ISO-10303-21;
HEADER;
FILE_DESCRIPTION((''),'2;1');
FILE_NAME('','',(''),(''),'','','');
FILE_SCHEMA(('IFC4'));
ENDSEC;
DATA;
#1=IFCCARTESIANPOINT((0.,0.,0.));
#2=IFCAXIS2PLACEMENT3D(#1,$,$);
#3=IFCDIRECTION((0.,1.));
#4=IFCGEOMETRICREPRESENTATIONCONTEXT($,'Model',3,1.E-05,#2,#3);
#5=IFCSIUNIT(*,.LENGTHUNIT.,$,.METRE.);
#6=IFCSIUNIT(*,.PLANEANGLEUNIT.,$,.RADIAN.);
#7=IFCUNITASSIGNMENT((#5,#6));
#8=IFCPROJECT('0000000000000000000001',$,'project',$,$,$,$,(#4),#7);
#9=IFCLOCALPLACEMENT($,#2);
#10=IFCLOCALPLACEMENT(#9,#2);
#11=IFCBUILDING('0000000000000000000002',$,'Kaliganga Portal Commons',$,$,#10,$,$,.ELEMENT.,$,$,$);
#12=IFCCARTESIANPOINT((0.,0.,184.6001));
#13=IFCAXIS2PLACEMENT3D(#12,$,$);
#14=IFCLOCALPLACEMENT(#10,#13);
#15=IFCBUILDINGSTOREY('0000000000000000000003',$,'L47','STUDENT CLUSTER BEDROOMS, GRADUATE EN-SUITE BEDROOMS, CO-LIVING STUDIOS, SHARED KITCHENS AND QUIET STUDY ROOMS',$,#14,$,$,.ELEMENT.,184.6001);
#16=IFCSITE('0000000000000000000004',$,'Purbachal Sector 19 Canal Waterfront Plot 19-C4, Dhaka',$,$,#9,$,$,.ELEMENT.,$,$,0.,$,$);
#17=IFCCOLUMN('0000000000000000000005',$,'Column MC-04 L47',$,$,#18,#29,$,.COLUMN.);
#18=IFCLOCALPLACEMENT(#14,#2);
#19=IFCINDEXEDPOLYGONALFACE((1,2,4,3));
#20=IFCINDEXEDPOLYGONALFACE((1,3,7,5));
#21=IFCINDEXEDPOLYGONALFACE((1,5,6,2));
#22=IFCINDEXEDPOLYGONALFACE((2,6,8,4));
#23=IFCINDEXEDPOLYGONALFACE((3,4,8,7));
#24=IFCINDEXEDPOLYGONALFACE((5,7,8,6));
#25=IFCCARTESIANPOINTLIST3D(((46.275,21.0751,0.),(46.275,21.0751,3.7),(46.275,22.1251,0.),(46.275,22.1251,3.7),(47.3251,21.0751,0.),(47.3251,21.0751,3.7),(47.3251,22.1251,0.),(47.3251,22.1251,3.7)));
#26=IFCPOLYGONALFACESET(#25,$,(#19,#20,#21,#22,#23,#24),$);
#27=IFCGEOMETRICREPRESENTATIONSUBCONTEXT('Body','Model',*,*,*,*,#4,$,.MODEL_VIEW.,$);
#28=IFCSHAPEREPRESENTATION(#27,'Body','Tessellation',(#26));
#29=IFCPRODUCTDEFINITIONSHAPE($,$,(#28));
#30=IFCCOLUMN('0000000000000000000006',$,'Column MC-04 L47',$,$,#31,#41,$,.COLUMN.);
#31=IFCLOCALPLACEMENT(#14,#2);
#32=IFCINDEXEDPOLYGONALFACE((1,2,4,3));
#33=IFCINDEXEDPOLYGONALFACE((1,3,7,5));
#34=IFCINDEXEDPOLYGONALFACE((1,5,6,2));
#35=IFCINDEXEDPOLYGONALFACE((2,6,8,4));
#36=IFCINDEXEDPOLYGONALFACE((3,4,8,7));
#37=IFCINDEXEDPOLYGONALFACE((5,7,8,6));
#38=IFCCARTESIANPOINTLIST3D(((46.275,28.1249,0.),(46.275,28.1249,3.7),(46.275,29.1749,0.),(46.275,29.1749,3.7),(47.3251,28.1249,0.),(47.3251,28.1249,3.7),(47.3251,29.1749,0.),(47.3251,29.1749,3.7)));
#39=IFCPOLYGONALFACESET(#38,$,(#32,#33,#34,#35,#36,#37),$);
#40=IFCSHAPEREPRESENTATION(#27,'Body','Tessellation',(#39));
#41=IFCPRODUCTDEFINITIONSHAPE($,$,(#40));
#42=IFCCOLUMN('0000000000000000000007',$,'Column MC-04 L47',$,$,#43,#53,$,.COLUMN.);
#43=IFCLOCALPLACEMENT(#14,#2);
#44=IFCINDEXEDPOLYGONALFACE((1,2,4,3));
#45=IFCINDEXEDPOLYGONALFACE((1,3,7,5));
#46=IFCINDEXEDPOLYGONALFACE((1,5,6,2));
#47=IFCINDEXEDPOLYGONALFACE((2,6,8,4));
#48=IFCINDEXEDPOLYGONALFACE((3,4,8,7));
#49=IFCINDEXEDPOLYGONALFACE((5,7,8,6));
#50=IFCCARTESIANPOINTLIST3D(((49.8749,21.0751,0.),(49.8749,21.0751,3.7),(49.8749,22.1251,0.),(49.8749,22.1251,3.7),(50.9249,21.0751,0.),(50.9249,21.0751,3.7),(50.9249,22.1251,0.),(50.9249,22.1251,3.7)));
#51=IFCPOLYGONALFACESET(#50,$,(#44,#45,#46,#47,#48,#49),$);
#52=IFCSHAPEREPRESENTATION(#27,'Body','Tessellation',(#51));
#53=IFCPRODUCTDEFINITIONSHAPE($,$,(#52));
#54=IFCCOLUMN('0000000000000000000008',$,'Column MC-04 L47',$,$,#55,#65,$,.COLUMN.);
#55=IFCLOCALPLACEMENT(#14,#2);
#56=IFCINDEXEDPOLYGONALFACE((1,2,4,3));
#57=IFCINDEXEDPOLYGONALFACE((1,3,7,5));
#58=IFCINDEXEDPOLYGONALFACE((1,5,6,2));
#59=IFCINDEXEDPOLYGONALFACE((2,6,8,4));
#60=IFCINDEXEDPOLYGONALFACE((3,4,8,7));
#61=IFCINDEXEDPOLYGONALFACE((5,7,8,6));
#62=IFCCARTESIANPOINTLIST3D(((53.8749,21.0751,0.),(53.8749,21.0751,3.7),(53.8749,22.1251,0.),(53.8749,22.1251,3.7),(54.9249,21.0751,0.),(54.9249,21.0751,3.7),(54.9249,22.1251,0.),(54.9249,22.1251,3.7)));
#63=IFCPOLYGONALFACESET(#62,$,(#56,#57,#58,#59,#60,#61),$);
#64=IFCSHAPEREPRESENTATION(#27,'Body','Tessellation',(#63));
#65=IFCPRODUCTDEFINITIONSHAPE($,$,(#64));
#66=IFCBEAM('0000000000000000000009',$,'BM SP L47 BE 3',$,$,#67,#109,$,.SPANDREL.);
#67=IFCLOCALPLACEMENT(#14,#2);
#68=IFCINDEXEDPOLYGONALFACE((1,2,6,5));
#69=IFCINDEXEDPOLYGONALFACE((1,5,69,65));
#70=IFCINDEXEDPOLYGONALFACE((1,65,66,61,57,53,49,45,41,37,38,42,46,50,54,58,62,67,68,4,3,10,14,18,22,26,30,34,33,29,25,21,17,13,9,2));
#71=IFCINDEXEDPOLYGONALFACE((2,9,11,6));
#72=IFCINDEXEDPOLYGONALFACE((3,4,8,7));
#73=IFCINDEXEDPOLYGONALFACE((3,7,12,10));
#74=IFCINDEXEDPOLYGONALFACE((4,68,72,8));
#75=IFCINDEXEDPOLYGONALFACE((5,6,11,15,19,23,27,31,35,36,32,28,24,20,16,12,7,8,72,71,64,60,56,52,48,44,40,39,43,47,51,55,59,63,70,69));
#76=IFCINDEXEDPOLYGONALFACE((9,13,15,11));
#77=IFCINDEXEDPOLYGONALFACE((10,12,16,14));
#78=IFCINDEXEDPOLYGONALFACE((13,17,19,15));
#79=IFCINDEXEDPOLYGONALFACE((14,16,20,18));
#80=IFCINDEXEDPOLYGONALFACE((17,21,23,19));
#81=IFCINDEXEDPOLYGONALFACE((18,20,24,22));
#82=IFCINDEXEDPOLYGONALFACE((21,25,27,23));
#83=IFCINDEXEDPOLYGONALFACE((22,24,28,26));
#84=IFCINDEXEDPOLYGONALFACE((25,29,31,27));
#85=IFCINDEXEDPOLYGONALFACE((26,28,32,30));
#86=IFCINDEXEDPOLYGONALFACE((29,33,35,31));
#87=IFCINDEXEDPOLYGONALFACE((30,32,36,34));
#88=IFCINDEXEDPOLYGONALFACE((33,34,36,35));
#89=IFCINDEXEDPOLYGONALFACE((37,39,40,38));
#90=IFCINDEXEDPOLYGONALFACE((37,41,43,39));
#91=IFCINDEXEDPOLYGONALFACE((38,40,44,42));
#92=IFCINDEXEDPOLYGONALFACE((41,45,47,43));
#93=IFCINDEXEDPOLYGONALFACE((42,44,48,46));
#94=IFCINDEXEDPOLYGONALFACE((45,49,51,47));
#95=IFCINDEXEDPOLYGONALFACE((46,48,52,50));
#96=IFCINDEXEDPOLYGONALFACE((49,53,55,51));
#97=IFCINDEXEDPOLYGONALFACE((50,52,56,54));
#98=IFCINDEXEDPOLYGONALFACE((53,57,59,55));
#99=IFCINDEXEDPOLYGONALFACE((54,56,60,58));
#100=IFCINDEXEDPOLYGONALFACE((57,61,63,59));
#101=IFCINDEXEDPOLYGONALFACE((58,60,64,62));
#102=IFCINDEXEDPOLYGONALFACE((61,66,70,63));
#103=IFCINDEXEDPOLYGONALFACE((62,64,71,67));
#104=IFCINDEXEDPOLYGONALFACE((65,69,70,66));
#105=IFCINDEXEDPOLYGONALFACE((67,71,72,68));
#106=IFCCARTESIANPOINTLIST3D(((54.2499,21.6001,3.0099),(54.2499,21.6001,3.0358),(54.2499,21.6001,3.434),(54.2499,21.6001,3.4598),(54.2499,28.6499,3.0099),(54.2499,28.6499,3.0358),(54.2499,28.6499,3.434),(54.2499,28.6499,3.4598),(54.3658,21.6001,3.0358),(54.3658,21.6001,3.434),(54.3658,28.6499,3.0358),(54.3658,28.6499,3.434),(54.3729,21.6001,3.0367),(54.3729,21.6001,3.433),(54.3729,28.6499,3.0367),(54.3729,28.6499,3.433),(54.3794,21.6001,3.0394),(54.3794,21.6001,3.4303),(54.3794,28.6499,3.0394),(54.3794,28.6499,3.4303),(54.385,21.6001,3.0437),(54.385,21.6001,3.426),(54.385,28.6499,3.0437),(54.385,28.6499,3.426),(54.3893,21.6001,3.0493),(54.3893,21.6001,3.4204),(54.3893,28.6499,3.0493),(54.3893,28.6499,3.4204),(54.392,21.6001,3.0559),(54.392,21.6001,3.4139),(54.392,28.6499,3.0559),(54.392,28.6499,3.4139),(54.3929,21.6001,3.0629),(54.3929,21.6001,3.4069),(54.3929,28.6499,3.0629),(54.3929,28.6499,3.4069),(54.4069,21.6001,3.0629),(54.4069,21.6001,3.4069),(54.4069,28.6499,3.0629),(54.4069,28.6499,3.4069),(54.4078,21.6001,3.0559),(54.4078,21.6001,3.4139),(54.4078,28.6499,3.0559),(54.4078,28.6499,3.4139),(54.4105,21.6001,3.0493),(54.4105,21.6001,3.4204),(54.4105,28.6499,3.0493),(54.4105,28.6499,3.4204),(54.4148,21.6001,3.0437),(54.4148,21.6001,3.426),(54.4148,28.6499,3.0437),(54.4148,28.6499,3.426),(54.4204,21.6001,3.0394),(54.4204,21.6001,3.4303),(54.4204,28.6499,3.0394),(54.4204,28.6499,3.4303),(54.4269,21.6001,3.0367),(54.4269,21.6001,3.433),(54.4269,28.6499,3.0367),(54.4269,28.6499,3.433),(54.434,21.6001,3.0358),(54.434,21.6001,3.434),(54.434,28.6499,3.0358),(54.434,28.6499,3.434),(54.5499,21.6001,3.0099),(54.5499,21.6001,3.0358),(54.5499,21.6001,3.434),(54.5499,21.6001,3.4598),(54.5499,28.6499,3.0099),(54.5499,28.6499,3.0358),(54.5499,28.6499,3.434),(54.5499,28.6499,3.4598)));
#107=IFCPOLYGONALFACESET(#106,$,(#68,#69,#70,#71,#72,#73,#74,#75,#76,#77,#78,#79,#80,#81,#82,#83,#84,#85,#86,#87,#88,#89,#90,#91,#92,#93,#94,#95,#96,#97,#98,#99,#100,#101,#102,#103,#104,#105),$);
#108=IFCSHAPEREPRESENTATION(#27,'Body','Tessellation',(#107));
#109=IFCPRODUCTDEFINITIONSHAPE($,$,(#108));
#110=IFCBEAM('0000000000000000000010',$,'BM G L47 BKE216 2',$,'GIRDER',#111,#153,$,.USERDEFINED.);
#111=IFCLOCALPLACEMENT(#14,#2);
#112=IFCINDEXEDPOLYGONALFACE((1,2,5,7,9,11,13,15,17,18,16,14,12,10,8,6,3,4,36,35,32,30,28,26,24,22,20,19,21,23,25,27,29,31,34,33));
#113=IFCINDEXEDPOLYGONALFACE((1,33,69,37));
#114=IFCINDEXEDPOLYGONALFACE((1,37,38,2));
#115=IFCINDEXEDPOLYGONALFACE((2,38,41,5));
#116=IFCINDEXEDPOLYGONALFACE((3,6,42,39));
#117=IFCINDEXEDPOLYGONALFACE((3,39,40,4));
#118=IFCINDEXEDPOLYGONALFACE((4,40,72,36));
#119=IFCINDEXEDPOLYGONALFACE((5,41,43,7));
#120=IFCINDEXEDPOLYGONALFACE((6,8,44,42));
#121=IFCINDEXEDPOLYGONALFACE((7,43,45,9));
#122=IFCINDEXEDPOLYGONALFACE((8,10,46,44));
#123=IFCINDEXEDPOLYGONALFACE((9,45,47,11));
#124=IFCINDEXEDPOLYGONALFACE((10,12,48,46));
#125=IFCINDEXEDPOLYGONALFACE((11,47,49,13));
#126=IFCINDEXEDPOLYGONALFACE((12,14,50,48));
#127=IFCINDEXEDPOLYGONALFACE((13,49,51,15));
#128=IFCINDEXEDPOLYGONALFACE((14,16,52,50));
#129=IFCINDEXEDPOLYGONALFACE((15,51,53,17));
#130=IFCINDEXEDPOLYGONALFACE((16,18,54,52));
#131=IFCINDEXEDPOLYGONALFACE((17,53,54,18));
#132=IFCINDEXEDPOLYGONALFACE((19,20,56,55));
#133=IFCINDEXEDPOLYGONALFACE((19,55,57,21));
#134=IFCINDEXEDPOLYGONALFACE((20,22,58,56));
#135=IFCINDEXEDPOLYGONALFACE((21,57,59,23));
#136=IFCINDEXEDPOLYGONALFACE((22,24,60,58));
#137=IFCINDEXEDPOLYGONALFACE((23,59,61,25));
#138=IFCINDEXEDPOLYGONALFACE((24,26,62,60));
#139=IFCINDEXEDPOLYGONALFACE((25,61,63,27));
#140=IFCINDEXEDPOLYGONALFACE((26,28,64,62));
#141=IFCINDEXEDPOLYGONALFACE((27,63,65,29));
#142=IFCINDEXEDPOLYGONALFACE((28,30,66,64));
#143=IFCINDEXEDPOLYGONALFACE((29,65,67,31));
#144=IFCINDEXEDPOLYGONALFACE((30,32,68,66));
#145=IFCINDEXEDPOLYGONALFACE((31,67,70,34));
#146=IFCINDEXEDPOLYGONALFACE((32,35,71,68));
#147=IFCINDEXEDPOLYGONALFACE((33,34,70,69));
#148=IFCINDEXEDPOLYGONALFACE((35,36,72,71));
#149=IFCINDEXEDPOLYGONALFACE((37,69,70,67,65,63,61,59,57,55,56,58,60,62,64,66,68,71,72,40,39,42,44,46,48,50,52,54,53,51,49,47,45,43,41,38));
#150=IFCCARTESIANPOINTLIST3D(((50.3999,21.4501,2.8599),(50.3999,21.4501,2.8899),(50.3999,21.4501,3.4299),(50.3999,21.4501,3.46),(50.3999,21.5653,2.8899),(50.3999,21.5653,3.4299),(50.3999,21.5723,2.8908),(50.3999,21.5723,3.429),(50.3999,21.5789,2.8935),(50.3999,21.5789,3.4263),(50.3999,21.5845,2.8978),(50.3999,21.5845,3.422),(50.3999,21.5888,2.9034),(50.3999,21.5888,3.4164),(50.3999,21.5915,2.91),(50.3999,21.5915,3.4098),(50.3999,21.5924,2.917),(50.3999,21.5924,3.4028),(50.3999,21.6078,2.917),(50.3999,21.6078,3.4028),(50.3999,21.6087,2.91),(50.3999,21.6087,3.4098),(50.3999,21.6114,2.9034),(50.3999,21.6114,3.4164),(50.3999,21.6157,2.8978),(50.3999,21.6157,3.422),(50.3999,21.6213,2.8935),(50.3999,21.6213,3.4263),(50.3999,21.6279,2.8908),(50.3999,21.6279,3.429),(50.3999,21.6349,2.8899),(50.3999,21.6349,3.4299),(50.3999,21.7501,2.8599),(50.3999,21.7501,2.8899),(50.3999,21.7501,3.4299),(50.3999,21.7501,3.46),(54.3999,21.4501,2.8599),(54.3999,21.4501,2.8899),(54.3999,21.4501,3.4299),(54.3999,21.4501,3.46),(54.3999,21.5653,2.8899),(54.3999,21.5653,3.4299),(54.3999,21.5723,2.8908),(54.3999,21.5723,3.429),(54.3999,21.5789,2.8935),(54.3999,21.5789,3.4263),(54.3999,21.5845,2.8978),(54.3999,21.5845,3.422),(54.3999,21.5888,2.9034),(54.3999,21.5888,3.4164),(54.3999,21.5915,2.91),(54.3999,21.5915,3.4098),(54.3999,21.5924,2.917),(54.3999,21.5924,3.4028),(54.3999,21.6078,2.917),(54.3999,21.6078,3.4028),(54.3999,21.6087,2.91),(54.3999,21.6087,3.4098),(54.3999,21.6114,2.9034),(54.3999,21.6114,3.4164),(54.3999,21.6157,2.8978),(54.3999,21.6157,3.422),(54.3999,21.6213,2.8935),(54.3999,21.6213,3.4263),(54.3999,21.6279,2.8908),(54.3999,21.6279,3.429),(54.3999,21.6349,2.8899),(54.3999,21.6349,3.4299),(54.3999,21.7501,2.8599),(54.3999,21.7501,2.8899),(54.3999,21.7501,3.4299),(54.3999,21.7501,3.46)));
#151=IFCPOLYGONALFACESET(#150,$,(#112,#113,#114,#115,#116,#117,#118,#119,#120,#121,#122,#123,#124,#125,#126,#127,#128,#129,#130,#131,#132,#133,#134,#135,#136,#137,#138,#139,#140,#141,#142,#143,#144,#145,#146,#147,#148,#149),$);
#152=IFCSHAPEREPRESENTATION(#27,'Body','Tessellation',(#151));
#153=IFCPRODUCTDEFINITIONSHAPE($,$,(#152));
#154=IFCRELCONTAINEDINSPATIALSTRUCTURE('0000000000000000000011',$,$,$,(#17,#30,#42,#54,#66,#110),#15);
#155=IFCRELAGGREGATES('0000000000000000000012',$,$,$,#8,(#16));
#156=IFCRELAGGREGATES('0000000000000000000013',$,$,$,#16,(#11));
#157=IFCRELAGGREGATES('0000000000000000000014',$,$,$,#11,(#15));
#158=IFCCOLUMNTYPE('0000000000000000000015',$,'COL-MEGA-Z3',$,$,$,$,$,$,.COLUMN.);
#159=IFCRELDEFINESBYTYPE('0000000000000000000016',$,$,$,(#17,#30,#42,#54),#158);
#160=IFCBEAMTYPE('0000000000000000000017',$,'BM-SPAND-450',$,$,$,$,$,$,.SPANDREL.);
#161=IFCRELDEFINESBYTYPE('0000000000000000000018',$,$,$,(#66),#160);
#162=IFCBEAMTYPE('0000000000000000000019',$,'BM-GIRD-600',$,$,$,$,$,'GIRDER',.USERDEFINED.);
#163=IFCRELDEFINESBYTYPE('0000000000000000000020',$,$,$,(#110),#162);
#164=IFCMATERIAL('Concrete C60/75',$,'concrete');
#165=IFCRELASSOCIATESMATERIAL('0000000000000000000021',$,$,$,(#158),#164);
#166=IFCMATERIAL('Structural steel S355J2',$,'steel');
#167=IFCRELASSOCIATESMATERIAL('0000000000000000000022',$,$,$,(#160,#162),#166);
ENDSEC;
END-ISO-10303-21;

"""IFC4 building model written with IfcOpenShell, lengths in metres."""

from ifc_helpers import new_model, si_unit, direction, frame, origin, origin_2d, place, context, subcontext, project, spatial, rectangle, i_section, extrude, source, transform, mapped, material, material_profile, profile_set, type_object, element, save


model = new_model("IFC4")

# Units and contexts
model_context = context("Model", 3, precision=1e-05, world=origin(), true_north=direction((0.0, 1.0)))
body_context = subcontext(model_context, "Body", "Model", "MODEL_VIEW")
ifc_project = project(units=[si_unit("LENGTHUNIT", "METRE"), si_unit("PLANEANGLEUNIT", "RADIAN")], contexts=[model_context])

# Site, building, storey
site_placement = place(None, origin())
site = spatial("IfcSite", under=ifc_project, at=site_placement, Name="Purbachal Sector 19 Canal Waterfront Plot 19-C4, Dhaka", CompositionType="ELEMENT", RefElevation=0.0)
building_placement = place(site_placement, origin())
building = spatial("IfcBuilding", under=site, at=building_placement, Name="Kaliganga Portal Commons", CompositionType="ELEMENT")
storey_placement = place(building_placement, frame((0.0, 0.0, 184.6001)))
storey = spatial("IfcBuildingStorey", under=building, at=storey_placement, Name="L47", Description="STUDENT CLUSTER BEDROOMS, GRADUATE EN-SUITE BEDROOMS, CO-LIVING STUDIOS, SHARED KITCHENS AND QUIET STUDY ROOMS", CompositionType="ELEMENT", Elevation=184.6001)

# Columns
ifc_material_1 = material(Name="Concrete C60/75", Category="concrete")
ifc_material_profile_1 = material_profile(ifc_material_1, rectangle(XDim=1.05, YDim=1.05, at=origin_2d()), Name="RC 1050x1050")
ifc_profile_set_1 = profile_set([ifc_material_profile_1], Name="Concrete C60/75")
column_type = type_object("IfcColumnType", Name="COL-MEGA-Z3", PredefinedType="COLUMN", material=ifc_profile_set_1)
shared_shape_1 = source(origin(), body_context, "Body", "SweptSolid", [
    extrude(rectangle(XDim=1.05, YDim=1.05, at=origin_2d()), origin(), (0.0, 0.0, 1.0), 3.7),
])
for number, where, z_axis, x_axis, name in (
    (1, (46.8, 21.6001, 0.0), (0.0, 0.0, 1.0), (1.0, 0.0, 0.0), "Column MC-04 L47"),
    (2, (46.8, 28.6499, 0.0), (0.0, 0.0, 1.0), (1.0, 0.0, 0.0), "Column MC-04 L47"),
    (3, (50.3999, 21.6001, 0.0), (0.0, 0.0, 1.0), (1.0, 0.0, 0.0), "Column MC-04 L47"),
    (4, (54.3999, 21.6001, 0.0), (0.0, 0.0, 1.0), (1.0, 0.0, 0.0), "Column MC-04 L47"),
):
    element("IfcColumn", number, at=place(storey_placement, frame(where, z_axis=z_axis, x_axis=x_axis)), inside=storey, type_object=column_type, Name=name, PredefinedType="COLUMN", context=body_context, shape_type="MappedRepresentation", body=[
        mapped(shared_shape_1, transform((0.0, 0.0, 0.0), x_axis=(1.0, 0.0, 0.0), y_axis=(0.0, 1.0, 0.0), z_axis=(0.0, 0.0, 1.0), scale=1.0)),
    ])

# Beams
ifc_material_2 = material(Name="Structural steel S355J2", Category="steel")
ifc_material_profile_2 = material_profile(ifc_material_2, i_section(OverallWidth=0.3, OverallDepth=0.45, WebThickness=0.0139, FlangeThickness=0.0259, FilletRadius=0.0271, at=origin_2d()), Name="HE 450 B")
ifc_profile_set_2 = profile_set([ifc_material_profile_2], Name="Structural steel S355J2 wide-flange")
beam_type_1 = type_object("IfcBeamType", Name="BM-SPAND-450", PredefinedType="SPANDREL", material=ifc_profile_set_2)
shared_shape_2 = source(origin(), body_context, "Body", "SweptSolid", [
    extrude(i_section(OverallWidth=0.3, OverallDepth=0.45, WebThickness=0.0139, FlangeThickness=0.0259, FilletRadius=0.0271, at=origin_2d()), origin(), (0.0, 0.0, 1.0), 7.0498),
])
beam_1_placement = place(storey_placement, frame((54.3999, 21.6001, 3.2349), z_axis=(0.0, 1.0, 0.0), x_axis=(-1.0, 0.0, 0.0)))
element("IfcBeam", 5, at=beam_1_placement, inside=storey, type_object=beam_type_1, Name="BM SP L47 BE 3", PredefinedType="SPANDREL", context=body_context, shape_type="MappedRepresentation", body=[
    mapped(shared_shape_2, transform((0.0, 0.0, 0.0), x_axis=(1.0, 0.0, 0.0), y_axis=(0.0, 1.0, 0.0), z_axis=(0.0, 0.0, 1.0), scale=1.0)),
])
ifc_material_profile_3 = material_profile(ifc_material_2, i_section(OverallWidth=0.3, OverallDepth=0.6001, WebThickness=0.0154, FlangeThickness=0.03, FilletRadius=0.0271, at=origin_2d()), Name="HE 600 B")
ifc_profile_set_3 = profile_set([ifc_material_profile_3], Name="Structural steel S355J2 wide-flange")
beam_type_2 = type_object("IfcBeamType", Name="BM-GIRD-600", ElementType="GIRDER", PredefinedType="USERDEFINED", material=ifc_profile_set_3)
shared_shape_3 = source(origin(), body_context, "Body", "SweptSolid", [
    extrude(i_section(OverallWidth=0.3, OverallDepth=0.6001, WebThickness=0.0154, FlangeThickness=0.03, FilletRadius=0.0271, at=origin_2d()), origin(), (0.0, 0.0, 1.0), 4.0),
])
beam_2_placement = place(storey_placement, frame((50.3999, 21.6001, 3.1599), z_axis=(1.0, 0.0, 0.0), x_axis=(0.0, 1.0, 0.0)))
element("IfcBeam", 6, at=beam_2_placement, inside=storey, type_object=beam_type_2, Name="BM G L47 BKE216 2", ObjectType="GIRDER", PredefinedType="USERDEFINED", context=body_context, shape_type="MappedRepresentation", body=[
    mapped(shared_shape_3, transform((0.0, 0.0, 0.0), x_axis=(1.0, 0.0, 0.0), y_axis=(0.0, 1.0, 0.0), z_axis=(0.0, 0.0, 1.0), scale=1.0)),
])

save(model, "model.ifc")
